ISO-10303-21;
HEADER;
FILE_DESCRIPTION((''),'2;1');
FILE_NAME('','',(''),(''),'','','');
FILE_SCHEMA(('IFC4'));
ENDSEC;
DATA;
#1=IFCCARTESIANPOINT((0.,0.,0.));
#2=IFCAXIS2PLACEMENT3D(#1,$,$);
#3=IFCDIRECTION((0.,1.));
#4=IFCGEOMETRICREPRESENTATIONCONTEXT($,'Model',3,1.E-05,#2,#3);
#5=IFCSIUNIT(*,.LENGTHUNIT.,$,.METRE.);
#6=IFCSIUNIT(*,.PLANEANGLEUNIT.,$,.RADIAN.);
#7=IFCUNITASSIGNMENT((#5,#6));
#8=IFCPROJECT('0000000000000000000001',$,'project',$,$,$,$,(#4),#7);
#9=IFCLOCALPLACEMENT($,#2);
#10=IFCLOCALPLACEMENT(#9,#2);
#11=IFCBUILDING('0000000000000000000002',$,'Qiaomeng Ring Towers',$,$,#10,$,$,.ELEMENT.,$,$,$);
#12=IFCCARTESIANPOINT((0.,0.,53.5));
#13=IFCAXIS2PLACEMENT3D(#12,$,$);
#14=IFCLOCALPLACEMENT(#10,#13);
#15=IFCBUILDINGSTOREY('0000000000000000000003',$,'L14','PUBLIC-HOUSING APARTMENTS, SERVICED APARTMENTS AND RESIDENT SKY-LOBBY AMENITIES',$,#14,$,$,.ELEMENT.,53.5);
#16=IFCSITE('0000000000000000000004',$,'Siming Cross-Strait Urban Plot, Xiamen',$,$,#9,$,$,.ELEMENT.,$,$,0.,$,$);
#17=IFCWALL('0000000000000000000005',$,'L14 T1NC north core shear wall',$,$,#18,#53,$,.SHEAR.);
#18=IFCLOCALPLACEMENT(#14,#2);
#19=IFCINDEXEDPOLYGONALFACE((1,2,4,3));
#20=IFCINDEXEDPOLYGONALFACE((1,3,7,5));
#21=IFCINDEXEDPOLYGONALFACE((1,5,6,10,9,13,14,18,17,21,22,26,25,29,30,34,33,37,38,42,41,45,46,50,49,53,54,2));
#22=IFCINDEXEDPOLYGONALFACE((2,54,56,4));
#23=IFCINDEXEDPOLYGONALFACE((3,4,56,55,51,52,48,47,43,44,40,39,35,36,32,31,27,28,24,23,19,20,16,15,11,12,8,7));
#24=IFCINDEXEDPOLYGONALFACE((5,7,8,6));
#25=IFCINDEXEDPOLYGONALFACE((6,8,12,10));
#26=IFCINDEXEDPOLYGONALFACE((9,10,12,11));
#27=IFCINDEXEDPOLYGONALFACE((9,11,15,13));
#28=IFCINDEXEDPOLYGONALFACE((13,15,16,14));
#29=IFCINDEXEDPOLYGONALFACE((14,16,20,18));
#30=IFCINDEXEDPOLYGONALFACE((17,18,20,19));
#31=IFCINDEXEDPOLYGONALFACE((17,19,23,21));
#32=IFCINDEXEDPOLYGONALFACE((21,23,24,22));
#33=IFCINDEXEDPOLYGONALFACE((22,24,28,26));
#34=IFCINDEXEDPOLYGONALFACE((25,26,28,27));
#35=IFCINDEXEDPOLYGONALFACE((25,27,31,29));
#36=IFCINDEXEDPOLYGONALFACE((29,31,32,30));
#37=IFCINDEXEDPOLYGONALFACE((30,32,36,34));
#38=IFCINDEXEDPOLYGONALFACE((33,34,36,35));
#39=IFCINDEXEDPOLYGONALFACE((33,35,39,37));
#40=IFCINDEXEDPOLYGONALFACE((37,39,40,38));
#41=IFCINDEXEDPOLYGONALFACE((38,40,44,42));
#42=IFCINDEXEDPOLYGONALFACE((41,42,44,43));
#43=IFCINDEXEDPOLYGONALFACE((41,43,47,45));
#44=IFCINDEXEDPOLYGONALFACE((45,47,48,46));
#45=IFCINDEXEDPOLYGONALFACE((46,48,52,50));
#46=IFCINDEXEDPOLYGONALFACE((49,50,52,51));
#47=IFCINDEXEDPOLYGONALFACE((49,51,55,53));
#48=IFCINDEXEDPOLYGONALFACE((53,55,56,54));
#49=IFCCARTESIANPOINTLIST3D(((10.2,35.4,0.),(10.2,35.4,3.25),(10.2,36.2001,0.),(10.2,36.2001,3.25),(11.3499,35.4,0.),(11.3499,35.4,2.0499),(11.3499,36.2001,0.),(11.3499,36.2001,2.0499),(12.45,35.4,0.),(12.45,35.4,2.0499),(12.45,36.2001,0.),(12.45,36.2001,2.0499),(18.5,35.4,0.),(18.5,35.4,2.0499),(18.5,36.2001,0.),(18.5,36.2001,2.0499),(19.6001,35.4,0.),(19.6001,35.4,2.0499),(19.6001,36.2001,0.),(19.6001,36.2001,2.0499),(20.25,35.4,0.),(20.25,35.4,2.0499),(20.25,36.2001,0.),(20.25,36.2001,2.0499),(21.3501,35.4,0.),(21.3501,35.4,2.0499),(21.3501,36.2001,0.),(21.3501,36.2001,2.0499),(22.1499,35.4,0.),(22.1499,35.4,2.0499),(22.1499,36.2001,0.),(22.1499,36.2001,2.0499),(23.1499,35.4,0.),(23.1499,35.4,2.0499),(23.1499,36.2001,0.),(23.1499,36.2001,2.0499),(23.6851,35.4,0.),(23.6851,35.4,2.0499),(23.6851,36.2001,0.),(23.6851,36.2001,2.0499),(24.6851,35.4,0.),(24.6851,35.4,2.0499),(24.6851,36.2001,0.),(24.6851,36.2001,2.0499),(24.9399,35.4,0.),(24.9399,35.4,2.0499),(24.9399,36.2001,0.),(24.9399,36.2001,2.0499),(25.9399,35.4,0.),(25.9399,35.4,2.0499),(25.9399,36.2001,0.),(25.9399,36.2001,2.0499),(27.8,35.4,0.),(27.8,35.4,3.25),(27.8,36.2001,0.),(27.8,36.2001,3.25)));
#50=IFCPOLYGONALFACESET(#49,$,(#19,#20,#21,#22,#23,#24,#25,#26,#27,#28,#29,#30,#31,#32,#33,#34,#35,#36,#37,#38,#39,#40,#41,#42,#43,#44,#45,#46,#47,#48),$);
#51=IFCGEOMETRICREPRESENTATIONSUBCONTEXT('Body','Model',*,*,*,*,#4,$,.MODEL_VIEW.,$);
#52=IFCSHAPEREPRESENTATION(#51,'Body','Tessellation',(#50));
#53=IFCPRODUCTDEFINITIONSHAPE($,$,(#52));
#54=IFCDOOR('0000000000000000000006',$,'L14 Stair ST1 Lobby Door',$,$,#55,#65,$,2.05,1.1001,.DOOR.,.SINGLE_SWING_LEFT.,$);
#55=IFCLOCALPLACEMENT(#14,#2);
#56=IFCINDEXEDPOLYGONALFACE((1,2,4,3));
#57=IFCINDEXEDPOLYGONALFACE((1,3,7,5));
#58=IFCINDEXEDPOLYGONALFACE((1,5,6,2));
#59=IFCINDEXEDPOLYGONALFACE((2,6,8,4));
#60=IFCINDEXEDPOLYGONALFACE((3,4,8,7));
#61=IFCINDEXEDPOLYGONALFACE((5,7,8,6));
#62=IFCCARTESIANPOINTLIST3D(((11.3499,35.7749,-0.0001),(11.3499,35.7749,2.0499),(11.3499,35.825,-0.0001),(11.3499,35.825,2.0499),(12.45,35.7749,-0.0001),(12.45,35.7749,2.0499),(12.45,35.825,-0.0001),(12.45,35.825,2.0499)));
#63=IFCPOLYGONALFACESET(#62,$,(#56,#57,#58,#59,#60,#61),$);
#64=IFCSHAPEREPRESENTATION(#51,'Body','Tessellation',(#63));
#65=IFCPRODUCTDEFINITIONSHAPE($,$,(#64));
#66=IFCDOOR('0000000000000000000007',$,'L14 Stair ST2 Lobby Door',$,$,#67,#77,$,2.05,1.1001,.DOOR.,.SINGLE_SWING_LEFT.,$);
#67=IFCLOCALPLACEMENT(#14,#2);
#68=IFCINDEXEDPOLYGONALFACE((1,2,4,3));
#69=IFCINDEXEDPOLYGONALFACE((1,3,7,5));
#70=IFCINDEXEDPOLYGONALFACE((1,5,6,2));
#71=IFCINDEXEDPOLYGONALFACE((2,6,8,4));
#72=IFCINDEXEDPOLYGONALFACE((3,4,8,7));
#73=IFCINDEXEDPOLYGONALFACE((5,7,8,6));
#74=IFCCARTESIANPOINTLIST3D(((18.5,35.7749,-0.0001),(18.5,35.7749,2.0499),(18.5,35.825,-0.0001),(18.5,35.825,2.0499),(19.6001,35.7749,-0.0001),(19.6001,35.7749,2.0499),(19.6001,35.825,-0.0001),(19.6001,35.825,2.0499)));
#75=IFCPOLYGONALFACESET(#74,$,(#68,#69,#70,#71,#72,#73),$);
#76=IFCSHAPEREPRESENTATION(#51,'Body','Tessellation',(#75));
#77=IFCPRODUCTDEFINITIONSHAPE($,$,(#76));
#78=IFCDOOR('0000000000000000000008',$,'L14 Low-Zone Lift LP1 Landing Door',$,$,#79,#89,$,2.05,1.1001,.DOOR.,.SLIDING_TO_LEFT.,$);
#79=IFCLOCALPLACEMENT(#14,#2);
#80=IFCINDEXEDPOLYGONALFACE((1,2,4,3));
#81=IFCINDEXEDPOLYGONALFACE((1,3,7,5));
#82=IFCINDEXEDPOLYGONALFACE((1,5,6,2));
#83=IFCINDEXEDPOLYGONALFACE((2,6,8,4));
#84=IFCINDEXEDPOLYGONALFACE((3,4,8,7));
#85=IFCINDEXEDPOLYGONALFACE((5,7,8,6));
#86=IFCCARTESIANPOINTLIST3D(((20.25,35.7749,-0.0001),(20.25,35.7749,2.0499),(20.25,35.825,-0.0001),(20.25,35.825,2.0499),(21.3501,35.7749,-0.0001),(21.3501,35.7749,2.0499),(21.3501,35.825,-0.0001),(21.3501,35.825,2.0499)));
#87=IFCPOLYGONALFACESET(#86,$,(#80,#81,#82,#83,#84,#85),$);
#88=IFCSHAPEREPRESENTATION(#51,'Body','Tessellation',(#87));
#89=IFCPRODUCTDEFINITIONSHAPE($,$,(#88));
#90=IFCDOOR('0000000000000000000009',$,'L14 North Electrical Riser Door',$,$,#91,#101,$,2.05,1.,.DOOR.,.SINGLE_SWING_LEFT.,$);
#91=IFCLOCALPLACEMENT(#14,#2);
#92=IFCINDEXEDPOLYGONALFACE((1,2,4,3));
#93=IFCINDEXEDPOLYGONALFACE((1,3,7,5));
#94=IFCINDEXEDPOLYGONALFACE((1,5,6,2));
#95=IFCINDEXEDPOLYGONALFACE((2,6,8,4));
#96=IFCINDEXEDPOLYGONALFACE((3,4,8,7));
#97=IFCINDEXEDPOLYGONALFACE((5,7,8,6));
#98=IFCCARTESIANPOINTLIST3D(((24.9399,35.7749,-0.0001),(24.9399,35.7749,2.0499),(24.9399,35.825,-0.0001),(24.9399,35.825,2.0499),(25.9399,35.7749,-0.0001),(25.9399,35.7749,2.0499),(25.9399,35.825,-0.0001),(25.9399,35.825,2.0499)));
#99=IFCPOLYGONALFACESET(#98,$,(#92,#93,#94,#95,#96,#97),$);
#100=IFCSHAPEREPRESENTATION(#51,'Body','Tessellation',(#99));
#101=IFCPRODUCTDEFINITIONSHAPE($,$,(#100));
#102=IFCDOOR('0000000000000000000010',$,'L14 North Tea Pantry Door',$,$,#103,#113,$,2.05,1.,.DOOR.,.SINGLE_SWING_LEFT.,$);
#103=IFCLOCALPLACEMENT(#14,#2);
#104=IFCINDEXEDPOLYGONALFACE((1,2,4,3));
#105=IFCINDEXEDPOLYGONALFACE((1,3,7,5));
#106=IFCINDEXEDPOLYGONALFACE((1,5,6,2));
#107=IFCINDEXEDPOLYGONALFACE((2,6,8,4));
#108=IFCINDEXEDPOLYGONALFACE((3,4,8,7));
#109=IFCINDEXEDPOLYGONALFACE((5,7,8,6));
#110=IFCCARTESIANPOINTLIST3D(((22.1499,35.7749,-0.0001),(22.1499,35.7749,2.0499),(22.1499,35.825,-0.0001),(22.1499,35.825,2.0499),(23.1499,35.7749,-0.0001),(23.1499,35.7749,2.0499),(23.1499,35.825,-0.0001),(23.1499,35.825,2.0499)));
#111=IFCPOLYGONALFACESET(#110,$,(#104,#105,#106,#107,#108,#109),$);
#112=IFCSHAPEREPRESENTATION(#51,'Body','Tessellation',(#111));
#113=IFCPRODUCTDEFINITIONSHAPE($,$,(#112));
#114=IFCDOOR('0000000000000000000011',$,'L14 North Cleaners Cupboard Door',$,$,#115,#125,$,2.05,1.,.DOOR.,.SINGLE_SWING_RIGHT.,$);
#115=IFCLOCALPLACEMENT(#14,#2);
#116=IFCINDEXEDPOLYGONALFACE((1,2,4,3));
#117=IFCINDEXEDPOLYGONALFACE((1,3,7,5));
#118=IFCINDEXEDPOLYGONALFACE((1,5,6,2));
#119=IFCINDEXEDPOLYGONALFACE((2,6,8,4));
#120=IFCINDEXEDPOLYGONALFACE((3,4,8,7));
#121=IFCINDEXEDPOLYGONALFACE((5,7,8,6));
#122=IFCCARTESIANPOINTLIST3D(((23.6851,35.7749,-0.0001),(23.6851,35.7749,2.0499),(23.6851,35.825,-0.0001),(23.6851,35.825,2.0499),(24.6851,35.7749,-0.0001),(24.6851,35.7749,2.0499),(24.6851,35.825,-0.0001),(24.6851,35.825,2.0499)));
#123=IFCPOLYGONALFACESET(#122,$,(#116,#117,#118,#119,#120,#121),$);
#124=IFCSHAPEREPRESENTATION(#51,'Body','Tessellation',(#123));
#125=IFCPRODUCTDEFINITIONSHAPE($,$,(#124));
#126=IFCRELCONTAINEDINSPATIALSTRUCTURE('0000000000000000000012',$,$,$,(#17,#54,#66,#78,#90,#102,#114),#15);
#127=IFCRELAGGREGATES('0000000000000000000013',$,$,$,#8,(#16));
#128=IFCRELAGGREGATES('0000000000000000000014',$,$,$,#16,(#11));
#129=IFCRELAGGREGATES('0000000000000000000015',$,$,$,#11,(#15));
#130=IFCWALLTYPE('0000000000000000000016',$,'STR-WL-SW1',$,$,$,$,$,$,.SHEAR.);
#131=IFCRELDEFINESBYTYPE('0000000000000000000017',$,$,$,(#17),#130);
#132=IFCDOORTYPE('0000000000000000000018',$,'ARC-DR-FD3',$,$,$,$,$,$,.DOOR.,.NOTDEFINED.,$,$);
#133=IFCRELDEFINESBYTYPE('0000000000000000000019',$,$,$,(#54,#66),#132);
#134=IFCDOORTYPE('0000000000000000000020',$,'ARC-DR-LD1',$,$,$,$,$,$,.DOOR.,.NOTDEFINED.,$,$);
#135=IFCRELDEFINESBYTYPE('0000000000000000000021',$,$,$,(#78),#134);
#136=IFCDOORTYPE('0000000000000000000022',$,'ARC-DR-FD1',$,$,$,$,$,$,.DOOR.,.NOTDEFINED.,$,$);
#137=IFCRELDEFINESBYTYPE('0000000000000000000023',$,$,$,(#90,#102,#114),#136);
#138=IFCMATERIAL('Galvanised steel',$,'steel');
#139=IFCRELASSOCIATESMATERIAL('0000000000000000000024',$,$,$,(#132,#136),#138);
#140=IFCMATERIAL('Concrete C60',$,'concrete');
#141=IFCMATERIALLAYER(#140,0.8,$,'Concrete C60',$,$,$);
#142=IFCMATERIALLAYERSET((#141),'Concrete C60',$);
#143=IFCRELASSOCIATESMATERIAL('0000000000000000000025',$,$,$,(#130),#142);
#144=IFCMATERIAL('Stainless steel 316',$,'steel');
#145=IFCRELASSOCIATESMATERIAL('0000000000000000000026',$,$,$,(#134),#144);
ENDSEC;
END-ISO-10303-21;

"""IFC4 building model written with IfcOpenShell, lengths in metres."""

from ifc_helpers import new_model, si_unit, direction, frame, frame_2d, origin, place, context, subcontext, project, spatial, rectangle, extrude, source, transform, mapped, material, layer, layer_set, type_object, element, fill, save


model = new_model("IFC4")

# Units and contexts
model_context = context("Model", 3, precision=1e-05, world=origin(), true_north=direction((0.0, 1.0)))
body_context = subcontext(model_context, "Body", "Model", "MODEL_VIEW")
ifc_project = project(units=[si_unit("LENGTHUNIT", "METRE"), si_unit("PLANEANGLEUNIT", "RADIAN")], contexts=[model_context])

# Site, building, storey
site_placement = place(None, origin())
site = spatial("IfcSite", under=ifc_project, at=site_placement, Name="Siming Cross-Strait Urban Plot, Xiamen", CompositionType="ELEMENT", RefElevation=0.0)
building_placement = place(site_placement, origin())
building = spatial("IfcBuilding", under=site, at=building_placement, Name="Qiaomeng Ring Towers", CompositionType="ELEMENT")
storey_placement = place(building_placement, frame((0.0, 0.0, 53.5)))
storey = spatial("IfcBuildingStorey", under=building, at=storey_placement, Name="L14", Description="PUBLIC-HOUSING APARTMENTS, SERVICED APARTMENTS AND RESIDENT SKY-LOBBY AMENITIES", CompositionType="ELEMENT", Elevation=53.5)

# Shared definitions
ifc_material_1 = material(Name="Concrete C60", Category="concrete")

# Shared definitions
shared_shape_1 = source(origin(), body_context, "Body", "SweptSolid", [
    extrude(rectangle(XDim=1.0, YDim=2.05, at=frame_2d((0.5, 1.0249))), frame((0.0, 0.0249, 0.0), z_axis=(0.0, -1.0, 0.0), x_axis=(1.0, 0.0, 0.0)), (0.0, 0.0, 1.0), 0.05),
])

# Shared definitions
ifc_material_2 = material(Name="Galvanised steel", Category="steel")
door_type_1 = type_object("IfcDoorType", Name="ARC-DR-FD3", OperationType="NOTDEFINED", PredefinedType="DOOR", material=ifc_material_2)
shared_shape_2 = source(origin(), body_context, "Body", "SweptSolid", [
    extrude(rectangle(XDim=1.1001, YDim=2.05, at=frame_2d((0.55, 1.0249))), frame((0.0, 0.0249, 0.0), z_axis=(0.0, -1.0, 0.0), x_axis=(1.0, 0.0, 0.0)), (0.0, 0.0, 1.0), 0.05),
])

# Wall, openings, doors
ifc_layer_1 = layer(ifc_material_1, 0.8, Name="Concrete C60")
ifc_layer_set_1 = layer_set([ifc_layer_1], Name="Concrete C60")
wall_type_1 = type_object("IfcWallType", Name="STR-WL-SW1", PredefinedType="SHEAR", material=ifc_layer_set_1)
wall_1_placement = place(storey_placement, frame((10.2, 35.8, 0.0), z_axis=(0.0, 0.0, 1.0), x_axis=(1.0, 0.0, 0.0)))
wall_1 = element("IfcWall", 1, at=wall_1_placement, inside=storey, type_object=wall_type_1, Name="L14 T1NC north core shear wall", PredefinedType="SHEAR", context=body_context, shape_type="SweptSolid", body=[
    extrude(rectangle(XDim=17.6001, YDim=0.8, at=frame_2d((8.8, 0.0))), origin(), (0.0, 0.0, 1.0), 3.25),
])
opening_1_placement = place(wall_1_placement, frame((1.1499, 0.0, 0.0)))
opening_1 = element("IfcOpeningElement", 2, at=opening_1_placement, cuts=wall_1, PredefinedType="OPENING", context=body_context, shape_type="SweptSolid", body=[
    extrude(rectangle(XDim=1.1001, YDim=2.05, at=frame_2d((0.55, 1.0249))), frame((0.0, 0.4099, 0.0), z_axis=(0.0, -1.0, 0.0), x_axis=(1.0, 0.0, 0.0)), (0.0, 0.0, 1.0), 0.8201),
])
opening_2_placement = place(wall_1_placement, frame((8.3, 0.0, 0.0)))
opening_2 = element("IfcOpeningElement", 3, at=opening_2_placement, cuts=wall_1, PredefinedType="OPENING", context=body_context, shape_type="SweptSolid", body=[
    extrude(rectangle(XDim=1.1001, YDim=2.05, at=frame_2d((0.55, 1.0249))), frame((0.0, 0.4099, 0.0), z_axis=(0.0, -1.0, 0.0), x_axis=(1.0, 0.0, 0.0)), (0.0, 0.0, 1.0), 0.8201),
])
opening_3_placement = place(wall_1_placement, frame((10.05, 0.0, 0.0)))
opening_3 = element("IfcOpeningElement", 4, at=opening_3_placement, cuts=wall_1, PredefinedType="OPENING", context=body_context, shape_type="SweptSolid", body=[
    extrude(rectangle(XDim=1.1001, YDim=2.05, at=frame_2d((0.55, 1.0249))), frame((0.0, 0.4099, 0.0), z_axis=(0.0, -1.0, 0.0), x_axis=(1.0, 0.0, 0.0)), (0.0, 0.0, 1.0), 0.8201),
])
opening_4_placement = place(wall_1_placement, frame((14.74, 0.0, 0.0)))
opening_4 = element("IfcOpeningElement", 5, at=opening_4_placement, cuts=wall_1, PredefinedType="OPENING", context=body_context, shape_type="SweptSolid", body=[
    extrude(rectangle(XDim=1.0, YDim=2.05, at=frame_2d((0.5, 1.0249))), frame((0.0, 0.4099, 0.0), z_axis=(0.0, -1.0, 0.0), x_axis=(1.0, 0.0, 0.0)), (0.0, 0.0, 1.0), 0.8201),
])
opening_5_placement = place(wall_1_placement, frame((11.95, 0.0, 0.0)))
opening_5 = element("IfcOpeningElement", 6, at=opening_5_placement, cuts=wall_1, PredefinedType="OPENING", context=body_context, shape_type="SweptSolid", body=[
    extrude(rectangle(XDim=1.0, YDim=2.05, at=frame_2d((0.5, 1.0249))), frame((0.0, 0.4099, 0.0), z_axis=(0.0, -1.0, 0.0), x_axis=(1.0, 0.0, 0.0)), (0.0, 0.0, 1.0), 0.8201),
])
opening_6_placement = place(wall_1_placement, frame((13.4851, 0.0, 0.0)))
opening_6 = element("IfcOpeningElement", 7, at=opening_6_placement, cuts=wall_1, PredefinedType="OPENING", context=body_context, shape_type="SweptSolid", body=[
    extrude(rectangle(XDim=1.0, YDim=2.05, at=frame_2d((0.5, 1.0249))), frame((0.0, 0.4099, 0.0), z_axis=(0.0, -1.0, 0.0), x_axis=(1.0, 0.0, 0.0)), (0.0, 0.0, 1.0), 0.8201),
])
door_1_placement = place(opening_1_placement, origin())
door_1 = element("IfcDoor", 8, at=door_1_placement, inside=storey, type_object=door_type_1, Name="L14 Stair ST1 Lobby Door", OperationType="SINGLE_SWING_LEFT", OverallHeight=2.05, OverallWidth=1.1001, PredefinedType="DOOR", context=body_context, shape_type="MappedRepresentation", body=[
    mapped(shared_shape_2, transform((0.0, 0.0, 0.0), x_axis=(1.0, 0.0, 0.0), y_axis=(0.0, 1.0, 0.0), z_axis=(0.0, 0.0, 1.0), scale=1.0)),
])
fill(opening_1, door_1)
door_2_placement = place(opening_2_placement, origin())
door_2 = element("IfcDoor", 9, at=door_2_placement, inside=storey, type_object=door_type_1, Name="L14 Stair ST2 Lobby Door", OperationType="SINGLE_SWING_LEFT", OverallHeight=2.05, OverallWidth=1.1001, PredefinedType="DOOR", context=body_context, shape_type="MappedRepresentation", body=[
    mapped(shared_shape_2, transform((0.0, 0.0, 0.0), x_axis=(1.0, 0.0, 0.0), y_axis=(0.0, 1.0, 0.0), z_axis=(0.0, 0.0, 1.0), scale=1.0)),
])
fill(opening_2, door_2)
ifc_material_3 = material(Name="Stainless steel 316", Category="steel")
door_type_2 = type_object("IfcDoorType", Name="ARC-DR-LD1", OperationType="NOTDEFINED", PredefinedType="DOOR", material=ifc_material_3)
door_3_placement = place(opening_3_placement, origin())
door_3 = element("IfcDoor", 10, at=door_3_placement, inside=storey, type_object=door_type_2, Name="L14 Low-Zone Lift LP1 Landing Door", OperationType="SLIDING_TO_LEFT", OverallHeight=2.05, OverallWidth=1.1001, PredefinedType="DOOR", context=body_context, shape_type="MappedRepresentation", body=[
    mapped(shared_shape_2, transform((0.0, 0.0, 0.0), x_axis=(1.0, 0.0, 0.0), y_axis=(0.0, 1.0, 0.0), z_axis=(0.0, 0.0, 1.0), scale=1.0)),
])
fill(opening_3, door_3)
door_type_3 = type_object("IfcDoorType", Name="ARC-DR-FD1", OperationType="NOTDEFINED", PredefinedType="DOOR", material=ifc_material_2)
door_4_placement = place(opening_4_placement, origin())
door_4 = element("IfcDoor", 11, at=door_4_placement, inside=storey, type_object=door_type_3, Name="L14 North Electrical Riser Door", OperationType="SINGLE_SWING_LEFT", OverallHeight=2.05, OverallWidth=1.0, PredefinedType="DOOR", context=body_context, shape_type="MappedRepresentation", body=[
    mapped(shared_shape_1, transform((0.0, 0.0, 0.0), x_axis=(1.0, 0.0, 0.0), y_axis=(0.0, 1.0, 0.0), z_axis=(0.0, 0.0, 1.0), scale=1.0)),
])
fill(opening_4, door_4)
door_5_placement = place(opening_5_placement, origin())
door_5 = element("IfcDoor", 12, at=door_5_placement, inside=storey, type_object=door_type_3, Name="L14 North Tea Pantry Door", OperationType="SINGLE_SWING_LEFT", OverallHeight=2.05, OverallWidth=1.0, PredefinedType="DOOR", context=body_context, shape_type="MappedRepresentation", body=[
    mapped(shared_shape_1, transform((0.0, 0.0, 0.0), x_axis=(1.0, 0.0, 0.0), y_axis=(0.0, 1.0, 0.0), z_axis=(0.0, 0.0, 1.0), scale=1.0)),
])
fill(opening_5, door_5)
door_6_placement = place(opening_6_placement, origin())
door_6 = element("IfcDoor", 13, at=door_6_placement, inside=storey, type_object=door_type_3, Name="L14 North Cleaners Cupboard Door", OperationType="SINGLE_SWING_RIGHT", OverallHeight=2.05, OverallWidth=1.0, PredefinedType="DOOR", context=body_context, shape_type="MappedRepresentation", body=[
    mapped(shared_shape_1, transform((0.0, 0.0, 0.0), x_axis=(1.0, 0.0, 0.0), y_axis=(0.0, 1.0, 0.0), z_axis=(0.0, 0.0, 1.0), scale=1.0)),
])
fill(opening_6, door_6)

save(model, "model.ifc")
